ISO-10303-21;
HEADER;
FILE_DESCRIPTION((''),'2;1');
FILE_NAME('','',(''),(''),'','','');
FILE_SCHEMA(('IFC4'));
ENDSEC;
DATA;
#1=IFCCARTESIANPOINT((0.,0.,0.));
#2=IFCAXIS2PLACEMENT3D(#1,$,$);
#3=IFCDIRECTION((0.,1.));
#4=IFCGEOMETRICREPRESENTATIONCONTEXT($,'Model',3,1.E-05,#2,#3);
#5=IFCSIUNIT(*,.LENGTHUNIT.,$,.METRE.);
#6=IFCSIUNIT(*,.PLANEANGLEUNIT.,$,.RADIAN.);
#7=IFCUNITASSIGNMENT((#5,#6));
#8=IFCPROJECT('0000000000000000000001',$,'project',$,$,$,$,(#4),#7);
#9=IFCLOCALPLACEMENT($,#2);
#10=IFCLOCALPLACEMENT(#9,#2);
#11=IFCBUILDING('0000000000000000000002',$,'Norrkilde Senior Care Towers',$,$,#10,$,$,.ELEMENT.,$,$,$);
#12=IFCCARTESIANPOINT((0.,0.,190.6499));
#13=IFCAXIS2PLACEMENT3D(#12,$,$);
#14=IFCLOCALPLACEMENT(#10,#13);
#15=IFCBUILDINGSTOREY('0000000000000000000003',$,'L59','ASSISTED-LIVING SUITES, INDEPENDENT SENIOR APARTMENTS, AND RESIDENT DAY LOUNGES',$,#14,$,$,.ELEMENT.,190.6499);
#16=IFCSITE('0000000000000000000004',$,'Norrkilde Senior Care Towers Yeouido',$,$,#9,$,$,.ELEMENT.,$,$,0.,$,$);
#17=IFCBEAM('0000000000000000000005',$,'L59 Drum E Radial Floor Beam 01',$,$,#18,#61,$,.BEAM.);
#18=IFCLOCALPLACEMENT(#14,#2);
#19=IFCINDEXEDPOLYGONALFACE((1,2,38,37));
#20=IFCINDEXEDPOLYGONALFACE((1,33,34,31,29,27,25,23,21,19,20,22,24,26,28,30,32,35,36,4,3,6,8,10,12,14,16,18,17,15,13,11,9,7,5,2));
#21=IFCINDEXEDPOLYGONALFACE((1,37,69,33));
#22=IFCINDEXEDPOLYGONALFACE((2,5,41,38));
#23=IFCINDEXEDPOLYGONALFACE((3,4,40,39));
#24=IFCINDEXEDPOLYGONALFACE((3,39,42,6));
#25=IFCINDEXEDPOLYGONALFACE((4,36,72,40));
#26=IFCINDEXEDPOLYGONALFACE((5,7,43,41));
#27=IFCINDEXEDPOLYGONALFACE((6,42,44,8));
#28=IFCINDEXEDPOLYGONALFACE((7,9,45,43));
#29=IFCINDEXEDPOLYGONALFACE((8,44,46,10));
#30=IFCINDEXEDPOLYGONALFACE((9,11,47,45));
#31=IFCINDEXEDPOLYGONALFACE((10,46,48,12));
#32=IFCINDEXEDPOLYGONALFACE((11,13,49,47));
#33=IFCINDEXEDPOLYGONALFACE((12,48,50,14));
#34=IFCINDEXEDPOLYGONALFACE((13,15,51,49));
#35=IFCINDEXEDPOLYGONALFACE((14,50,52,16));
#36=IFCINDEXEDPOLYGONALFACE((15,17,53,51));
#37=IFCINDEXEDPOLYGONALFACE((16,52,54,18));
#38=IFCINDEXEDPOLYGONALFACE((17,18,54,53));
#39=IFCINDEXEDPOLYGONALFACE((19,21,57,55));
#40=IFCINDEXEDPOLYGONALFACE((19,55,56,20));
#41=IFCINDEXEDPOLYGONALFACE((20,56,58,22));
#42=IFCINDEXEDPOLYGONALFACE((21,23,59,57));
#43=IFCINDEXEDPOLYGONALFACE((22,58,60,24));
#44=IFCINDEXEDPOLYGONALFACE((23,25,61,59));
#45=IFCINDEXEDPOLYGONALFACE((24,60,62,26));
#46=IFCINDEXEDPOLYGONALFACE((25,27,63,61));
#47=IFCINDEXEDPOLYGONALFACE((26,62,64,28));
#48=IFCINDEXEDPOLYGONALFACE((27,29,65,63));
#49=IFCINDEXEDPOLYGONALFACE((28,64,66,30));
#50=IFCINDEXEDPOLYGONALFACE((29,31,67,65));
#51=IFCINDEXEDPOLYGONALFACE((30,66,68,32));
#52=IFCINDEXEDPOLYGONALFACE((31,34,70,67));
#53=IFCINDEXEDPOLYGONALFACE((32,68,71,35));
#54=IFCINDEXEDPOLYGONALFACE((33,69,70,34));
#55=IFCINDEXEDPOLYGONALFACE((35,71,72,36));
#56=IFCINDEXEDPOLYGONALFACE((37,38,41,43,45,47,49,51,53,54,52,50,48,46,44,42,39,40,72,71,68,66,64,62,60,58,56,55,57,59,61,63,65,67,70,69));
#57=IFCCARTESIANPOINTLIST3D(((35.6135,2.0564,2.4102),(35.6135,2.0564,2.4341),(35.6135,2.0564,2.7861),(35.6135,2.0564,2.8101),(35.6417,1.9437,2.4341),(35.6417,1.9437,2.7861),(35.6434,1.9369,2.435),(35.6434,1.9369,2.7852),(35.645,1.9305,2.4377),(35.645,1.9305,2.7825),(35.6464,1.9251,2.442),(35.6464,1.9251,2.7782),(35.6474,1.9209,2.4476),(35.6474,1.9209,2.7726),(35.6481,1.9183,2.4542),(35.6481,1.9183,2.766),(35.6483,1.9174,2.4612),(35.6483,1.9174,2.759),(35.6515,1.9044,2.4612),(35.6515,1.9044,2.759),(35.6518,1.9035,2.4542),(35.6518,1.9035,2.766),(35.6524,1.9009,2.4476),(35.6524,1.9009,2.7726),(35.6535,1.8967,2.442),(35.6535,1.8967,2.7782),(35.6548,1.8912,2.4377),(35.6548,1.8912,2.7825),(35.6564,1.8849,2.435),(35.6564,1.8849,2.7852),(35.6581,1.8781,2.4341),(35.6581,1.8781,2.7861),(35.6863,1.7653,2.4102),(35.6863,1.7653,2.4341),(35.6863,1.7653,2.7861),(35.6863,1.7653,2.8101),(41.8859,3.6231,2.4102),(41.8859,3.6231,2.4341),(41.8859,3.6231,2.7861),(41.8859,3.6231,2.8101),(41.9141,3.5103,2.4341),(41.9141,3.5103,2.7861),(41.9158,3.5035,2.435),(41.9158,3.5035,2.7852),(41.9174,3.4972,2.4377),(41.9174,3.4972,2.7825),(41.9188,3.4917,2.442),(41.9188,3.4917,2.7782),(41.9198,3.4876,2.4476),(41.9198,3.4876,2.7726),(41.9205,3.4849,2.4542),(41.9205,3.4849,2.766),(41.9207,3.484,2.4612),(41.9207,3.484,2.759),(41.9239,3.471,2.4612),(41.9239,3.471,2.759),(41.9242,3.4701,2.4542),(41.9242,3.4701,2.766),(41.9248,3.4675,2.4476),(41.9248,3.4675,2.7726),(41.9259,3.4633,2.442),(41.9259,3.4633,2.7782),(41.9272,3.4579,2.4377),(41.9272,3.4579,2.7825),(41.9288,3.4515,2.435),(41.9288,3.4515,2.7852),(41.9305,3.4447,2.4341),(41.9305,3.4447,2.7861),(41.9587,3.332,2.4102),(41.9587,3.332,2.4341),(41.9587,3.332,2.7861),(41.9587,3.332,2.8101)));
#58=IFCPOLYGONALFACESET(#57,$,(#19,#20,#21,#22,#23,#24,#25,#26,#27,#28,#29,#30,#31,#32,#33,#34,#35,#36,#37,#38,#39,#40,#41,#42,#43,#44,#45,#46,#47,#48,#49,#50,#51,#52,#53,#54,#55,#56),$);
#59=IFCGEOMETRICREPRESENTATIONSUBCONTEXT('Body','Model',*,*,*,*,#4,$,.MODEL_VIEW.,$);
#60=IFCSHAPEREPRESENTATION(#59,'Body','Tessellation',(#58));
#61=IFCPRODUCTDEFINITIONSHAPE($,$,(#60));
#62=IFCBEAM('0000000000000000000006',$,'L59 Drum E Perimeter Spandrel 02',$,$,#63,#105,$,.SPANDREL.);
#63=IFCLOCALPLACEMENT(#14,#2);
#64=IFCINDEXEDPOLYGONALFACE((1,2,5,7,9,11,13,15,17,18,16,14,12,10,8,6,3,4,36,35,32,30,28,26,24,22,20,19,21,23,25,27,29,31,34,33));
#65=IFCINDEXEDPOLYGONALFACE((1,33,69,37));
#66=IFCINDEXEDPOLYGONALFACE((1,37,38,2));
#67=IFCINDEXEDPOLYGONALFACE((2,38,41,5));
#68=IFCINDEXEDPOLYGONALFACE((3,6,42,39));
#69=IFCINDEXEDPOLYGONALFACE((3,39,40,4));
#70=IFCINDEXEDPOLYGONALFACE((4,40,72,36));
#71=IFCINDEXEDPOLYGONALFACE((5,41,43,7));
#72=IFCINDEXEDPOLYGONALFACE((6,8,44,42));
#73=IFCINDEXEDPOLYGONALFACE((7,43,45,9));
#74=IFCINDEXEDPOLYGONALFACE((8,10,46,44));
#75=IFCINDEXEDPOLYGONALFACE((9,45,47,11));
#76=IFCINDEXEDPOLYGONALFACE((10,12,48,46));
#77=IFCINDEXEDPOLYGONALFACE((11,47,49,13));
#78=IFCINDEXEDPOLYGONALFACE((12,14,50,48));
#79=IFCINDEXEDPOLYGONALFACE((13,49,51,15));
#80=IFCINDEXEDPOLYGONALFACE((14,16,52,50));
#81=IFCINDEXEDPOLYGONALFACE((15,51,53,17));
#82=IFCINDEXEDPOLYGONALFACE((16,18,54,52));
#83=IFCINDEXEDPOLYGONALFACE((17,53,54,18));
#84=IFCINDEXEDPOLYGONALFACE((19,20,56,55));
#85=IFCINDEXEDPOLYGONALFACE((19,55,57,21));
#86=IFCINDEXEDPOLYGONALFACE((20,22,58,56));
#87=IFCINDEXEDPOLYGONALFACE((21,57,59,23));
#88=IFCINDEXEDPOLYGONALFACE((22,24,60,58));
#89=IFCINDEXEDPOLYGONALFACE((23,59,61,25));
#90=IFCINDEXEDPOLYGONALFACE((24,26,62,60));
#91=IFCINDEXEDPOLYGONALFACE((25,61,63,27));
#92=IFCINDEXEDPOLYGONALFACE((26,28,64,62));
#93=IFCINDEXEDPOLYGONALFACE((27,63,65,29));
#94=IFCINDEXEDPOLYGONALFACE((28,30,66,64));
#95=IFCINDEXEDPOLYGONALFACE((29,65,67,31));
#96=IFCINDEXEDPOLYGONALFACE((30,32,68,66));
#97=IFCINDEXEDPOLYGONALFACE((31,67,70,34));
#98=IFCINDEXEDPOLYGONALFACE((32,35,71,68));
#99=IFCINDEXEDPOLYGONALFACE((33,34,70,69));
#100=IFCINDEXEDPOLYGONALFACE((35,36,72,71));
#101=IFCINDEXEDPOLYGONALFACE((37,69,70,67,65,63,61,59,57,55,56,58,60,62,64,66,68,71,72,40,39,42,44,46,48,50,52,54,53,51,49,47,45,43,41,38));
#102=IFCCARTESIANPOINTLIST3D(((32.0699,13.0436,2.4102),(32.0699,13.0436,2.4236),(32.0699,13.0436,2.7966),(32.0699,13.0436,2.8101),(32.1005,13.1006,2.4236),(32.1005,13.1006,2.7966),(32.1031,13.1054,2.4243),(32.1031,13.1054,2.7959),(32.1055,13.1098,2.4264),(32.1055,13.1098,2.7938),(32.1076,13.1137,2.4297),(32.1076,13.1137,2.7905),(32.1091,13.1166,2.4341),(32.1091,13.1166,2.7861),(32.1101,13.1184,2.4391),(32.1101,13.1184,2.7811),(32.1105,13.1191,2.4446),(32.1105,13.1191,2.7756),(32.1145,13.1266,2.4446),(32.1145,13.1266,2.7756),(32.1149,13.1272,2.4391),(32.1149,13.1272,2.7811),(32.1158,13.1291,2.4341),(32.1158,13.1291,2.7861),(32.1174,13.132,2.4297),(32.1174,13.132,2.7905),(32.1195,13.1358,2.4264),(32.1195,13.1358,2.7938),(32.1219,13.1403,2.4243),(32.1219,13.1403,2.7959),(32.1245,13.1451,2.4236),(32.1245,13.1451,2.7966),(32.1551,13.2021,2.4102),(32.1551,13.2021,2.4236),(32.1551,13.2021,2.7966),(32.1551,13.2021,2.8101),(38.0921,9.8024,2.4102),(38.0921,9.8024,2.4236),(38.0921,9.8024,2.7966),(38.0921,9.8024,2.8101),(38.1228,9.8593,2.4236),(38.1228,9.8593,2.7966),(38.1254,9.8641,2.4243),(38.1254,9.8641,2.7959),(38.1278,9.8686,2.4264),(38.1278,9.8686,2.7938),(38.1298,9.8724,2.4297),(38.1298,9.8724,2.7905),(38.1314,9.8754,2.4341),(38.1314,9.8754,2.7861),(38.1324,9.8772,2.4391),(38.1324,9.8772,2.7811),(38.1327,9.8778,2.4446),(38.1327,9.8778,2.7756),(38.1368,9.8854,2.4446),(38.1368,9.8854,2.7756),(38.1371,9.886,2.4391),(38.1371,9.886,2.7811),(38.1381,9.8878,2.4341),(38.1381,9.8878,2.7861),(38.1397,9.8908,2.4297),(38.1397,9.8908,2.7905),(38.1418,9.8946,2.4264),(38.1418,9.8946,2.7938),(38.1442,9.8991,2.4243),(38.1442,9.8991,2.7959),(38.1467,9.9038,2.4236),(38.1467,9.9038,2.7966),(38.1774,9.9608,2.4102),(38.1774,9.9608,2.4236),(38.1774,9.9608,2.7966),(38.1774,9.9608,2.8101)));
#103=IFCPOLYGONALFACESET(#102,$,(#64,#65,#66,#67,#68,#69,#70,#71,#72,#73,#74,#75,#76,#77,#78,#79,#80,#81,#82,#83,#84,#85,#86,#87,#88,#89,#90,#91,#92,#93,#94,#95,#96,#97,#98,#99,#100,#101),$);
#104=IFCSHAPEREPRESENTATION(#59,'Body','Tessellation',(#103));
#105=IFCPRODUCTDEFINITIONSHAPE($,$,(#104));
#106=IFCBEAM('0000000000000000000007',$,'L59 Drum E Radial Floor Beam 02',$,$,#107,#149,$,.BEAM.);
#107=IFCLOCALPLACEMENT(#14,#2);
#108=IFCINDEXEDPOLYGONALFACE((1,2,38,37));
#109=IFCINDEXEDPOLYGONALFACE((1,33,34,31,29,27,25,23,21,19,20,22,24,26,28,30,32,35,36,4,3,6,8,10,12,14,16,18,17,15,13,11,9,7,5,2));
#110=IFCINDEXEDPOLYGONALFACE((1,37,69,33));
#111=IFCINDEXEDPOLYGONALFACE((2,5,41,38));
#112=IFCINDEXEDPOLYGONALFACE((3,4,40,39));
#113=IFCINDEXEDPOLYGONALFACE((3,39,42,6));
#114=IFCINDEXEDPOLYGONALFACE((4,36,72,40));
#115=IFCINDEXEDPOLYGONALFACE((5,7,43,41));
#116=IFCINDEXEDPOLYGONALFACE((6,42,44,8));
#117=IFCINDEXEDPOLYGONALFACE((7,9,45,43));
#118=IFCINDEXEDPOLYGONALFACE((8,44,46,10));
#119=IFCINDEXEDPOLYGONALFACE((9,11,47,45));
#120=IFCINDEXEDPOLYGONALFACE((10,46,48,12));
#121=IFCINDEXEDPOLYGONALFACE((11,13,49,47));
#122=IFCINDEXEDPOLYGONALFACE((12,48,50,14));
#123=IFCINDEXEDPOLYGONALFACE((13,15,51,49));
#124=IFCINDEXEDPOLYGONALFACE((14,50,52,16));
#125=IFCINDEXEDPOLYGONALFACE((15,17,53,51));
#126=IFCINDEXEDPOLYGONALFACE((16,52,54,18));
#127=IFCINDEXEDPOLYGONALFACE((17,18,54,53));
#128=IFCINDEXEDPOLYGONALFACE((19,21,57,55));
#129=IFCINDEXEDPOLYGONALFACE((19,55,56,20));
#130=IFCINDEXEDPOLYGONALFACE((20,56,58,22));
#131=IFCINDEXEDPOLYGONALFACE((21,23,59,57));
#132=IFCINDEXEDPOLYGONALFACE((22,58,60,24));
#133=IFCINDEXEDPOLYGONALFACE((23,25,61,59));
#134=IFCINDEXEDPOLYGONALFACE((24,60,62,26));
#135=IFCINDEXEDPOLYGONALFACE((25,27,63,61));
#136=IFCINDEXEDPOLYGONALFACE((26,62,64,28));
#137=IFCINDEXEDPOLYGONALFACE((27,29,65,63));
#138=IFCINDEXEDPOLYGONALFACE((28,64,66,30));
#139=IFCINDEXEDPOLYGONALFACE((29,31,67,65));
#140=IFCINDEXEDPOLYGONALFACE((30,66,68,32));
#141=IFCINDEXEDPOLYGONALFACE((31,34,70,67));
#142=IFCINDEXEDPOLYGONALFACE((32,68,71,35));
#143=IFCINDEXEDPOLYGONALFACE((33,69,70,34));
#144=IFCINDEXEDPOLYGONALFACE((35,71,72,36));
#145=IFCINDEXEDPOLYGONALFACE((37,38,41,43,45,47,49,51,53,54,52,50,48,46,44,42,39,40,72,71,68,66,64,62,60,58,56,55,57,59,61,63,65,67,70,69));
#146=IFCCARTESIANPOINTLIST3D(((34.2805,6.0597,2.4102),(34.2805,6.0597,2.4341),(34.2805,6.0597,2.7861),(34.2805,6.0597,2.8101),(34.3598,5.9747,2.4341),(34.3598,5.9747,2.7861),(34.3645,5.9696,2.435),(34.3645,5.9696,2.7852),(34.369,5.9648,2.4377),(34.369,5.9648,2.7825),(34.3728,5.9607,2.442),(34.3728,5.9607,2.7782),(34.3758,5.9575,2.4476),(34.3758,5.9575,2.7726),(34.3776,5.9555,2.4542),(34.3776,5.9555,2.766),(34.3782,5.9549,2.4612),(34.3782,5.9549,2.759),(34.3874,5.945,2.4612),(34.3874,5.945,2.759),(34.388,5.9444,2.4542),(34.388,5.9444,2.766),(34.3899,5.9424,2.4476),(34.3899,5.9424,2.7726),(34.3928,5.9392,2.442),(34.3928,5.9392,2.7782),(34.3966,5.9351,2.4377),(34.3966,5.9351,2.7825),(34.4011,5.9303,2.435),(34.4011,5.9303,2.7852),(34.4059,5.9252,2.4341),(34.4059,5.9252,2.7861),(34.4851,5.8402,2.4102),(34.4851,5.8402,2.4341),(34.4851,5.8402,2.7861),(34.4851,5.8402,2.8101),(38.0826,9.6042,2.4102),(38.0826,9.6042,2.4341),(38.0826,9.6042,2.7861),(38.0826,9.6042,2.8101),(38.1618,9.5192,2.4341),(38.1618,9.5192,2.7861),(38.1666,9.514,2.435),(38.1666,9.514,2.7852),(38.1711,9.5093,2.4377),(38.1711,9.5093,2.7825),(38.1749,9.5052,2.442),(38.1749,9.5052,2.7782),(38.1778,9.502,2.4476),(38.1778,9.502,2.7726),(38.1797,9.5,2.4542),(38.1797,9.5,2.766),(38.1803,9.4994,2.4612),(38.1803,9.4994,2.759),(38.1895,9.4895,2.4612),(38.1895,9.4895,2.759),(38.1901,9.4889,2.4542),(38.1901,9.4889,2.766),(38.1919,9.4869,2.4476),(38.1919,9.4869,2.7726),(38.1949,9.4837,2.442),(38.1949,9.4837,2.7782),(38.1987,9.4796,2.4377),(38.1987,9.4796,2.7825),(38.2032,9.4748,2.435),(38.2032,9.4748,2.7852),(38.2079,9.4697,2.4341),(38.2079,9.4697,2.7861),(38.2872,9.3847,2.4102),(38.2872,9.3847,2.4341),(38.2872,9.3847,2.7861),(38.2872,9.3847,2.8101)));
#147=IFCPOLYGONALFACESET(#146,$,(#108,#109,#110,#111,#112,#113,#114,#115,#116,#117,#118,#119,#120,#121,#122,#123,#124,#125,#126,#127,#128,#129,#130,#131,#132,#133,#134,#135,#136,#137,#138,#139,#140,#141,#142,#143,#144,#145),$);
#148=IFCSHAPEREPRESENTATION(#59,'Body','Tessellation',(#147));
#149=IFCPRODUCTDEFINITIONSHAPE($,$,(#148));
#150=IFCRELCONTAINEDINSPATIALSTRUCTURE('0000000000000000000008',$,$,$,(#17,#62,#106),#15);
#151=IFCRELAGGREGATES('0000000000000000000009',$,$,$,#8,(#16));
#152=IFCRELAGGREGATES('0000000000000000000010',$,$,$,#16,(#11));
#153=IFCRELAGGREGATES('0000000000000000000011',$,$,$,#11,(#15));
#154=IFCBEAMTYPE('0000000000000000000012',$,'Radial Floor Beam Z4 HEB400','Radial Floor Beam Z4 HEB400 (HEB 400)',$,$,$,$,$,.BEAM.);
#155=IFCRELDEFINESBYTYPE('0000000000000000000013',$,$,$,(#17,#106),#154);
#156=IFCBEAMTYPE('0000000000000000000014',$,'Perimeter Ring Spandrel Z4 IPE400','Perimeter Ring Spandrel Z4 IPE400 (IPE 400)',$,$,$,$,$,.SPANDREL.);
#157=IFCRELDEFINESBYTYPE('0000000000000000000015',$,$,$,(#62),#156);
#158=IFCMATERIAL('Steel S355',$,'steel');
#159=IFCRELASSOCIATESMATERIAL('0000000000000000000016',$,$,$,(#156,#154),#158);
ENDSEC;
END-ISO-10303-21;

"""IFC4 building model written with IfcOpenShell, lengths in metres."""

from ifc_helpers import new_model, si_unit, direction, frame, origin, origin_2d, place, context, subcontext, project, spatial, i_section, extrude, source, transform, mapped, material, material_profile, profile_set, type_object, type_shapes, element, save


model = new_model("IFC4")

# Units and contexts
model_context = context("Model", 3, precision=1e-05, world=origin(), true_north=direction((0.0, 1.0)))
body_context = subcontext(model_context, "Body", "Model", "MODEL_VIEW")
ifc_project = project(units=[si_unit("LENGTHUNIT", "METRE"), si_unit("PLANEANGLEUNIT", "RADIAN")], contexts=[model_context])

# Site, building, storey
site_placement = place(None, origin())
site = spatial("IfcSite", under=ifc_project, at=site_placement, Name="Norrkilde Senior Care Towers Yeouido", CompositionType="ELEMENT", RefElevation=0.0)
building_placement = place(site_placement, origin())
building = spatial("IfcBuilding", under=site, at=building_placement, Name="Norrkilde Senior Care Towers", CompositionType="ELEMENT")
storey_placement = place(building_placement, frame((0.0, 0.0, 190.6499)))
storey = spatial("IfcBuildingStorey", under=building, at=storey_placement, Name="L59", Description="ASSISTED-LIVING SUITES, INDEPENDENT SENIOR APARTMENTS, AND RESIDENT DAY LOUNGES", CompositionType="ELEMENT", Elevation=190.6499)

# Beams
ifc_material_1 = material(Name="Steel S355", Category="steel")
ifc_material_profile_1 = material_profile(ifc_material_1, i_section(OverallWidth=0.1799, OverallDepth=0.3999, WebThickness=0.0085, FlangeThickness=0.0134, FilletRadius=0.021, at=origin_2d()), Name="IPE 400")
ifc_profile_set_1 = profile_set([ifc_material_profile_1], Name="Steel S355")
beam_type_1 = type_object("IfcBeamType", Name="Perimeter Ring Spandrel Z4 IPE400", Description="Perimeter Ring Spandrel Z4 IPE400 (IPE 400)", PredefinedType="SPANDREL", material=ifc_profile_set_1)
ifc_material_profile_2 = material_profile(ifc_material_1, i_section(OverallWidth=0.3, OverallDepth=0.3999, WebThickness=0.0134, FlangeThickness=0.0239, FilletRadius=0.0271, at=origin_2d()), Name="HEB 400")
ifc_profile_set_2 = profile_set([ifc_material_profile_2], Name="Steel S355")
beam_type_2 = type_object("IfcBeamType", Name="Radial Floor Beam Z4 HEB400", Description="Radial Floor Beam Z4 HEB400 (HEB 400)", PredefinedType="BEAM", material=ifc_profile_set_2)
shared_shape_1 = source(origin(), body_context, "Body", "SweptSolid", [
    extrude(i_section(OverallWidth=0.3, OverallDepth=0.3999, WebThickness=0.0134, FlangeThickness=0.0239, FilletRadius=0.0271, at=origin_2d()), origin(), (0.0, 0.0, 1.0), 6.4651),
])
beam_1_placement = place(storey_placement, frame((35.6499, 1.9109, 2.6101), z_axis=(0.970196, 0.242322, 0.0), x_axis=(-0.242322, 0.970196, 0.0)))
element("IfcBeam", 1, at=beam_1_placement, inside=storey, type_object=beam_type_2, Name="L59 Drum E Radial Floor Beam 01", PredefinedType="BEAM", context=body_context, shape_type="MappedRepresentation", body=[
    mapped(shared_shape_1, transform((0.0, 0.0, 0.0), x_axis=(1.0, 0.0, 0.0), y_axis=(0.0, 1.0, 0.0), z_axis=(0.0, 0.0, 1.0), scale=1.0)),
])
shared_shape_2 = source(origin(), body_context, "Body", "SweptSolid", [
    extrude(i_section(OverallWidth=0.1799, OverallDepth=0.3999, WebThickness=0.0085, FlangeThickness=0.0134, FilletRadius=0.021, at=origin_2d()), origin(), (0.0, 0.0, 1.0), 6.8391),
])
beam_2_placement = place(storey_placement, frame((38.1348, 9.8816, 2.6101), z_axis=(-0.880564, 0.473927, 0.0), x_axis=(-0.473927, -0.880564, 0.0)))
element("IfcBeam", 2, at=beam_2_placement, inside=storey, type_object=beam_type_1, Name="L59 Drum E Perimeter Spandrel 02", PredefinedType="SPANDREL", context=body_context, shape_type="MappedRepresentation", body=[
    mapped(shared_shape_2, transform((0.0, 0.0, 0.0), x_axis=(1.0, 0.0, 0.0), y_axis=(0.0, 1.0, 0.0), z_axis=(0.0, 0.0, 1.0), scale=1.0)),
])
shared_shape_3 = source(origin(), body_context, "Body", "SweptSolid", [
    extrude(i_section(OverallWidth=0.3, OverallDepth=0.3999, WebThickness=0.0134, FlangeThickness=0.0239, FilletRadius=0.0271, at=origin_2d()), origin(), (0.0, 0.0, 1.0), 5.198),
])
type_shapes(beam_type_2, [shared_shape_1, shared_shape_3])
beam_3_placement = place(storey_placement, frame((34.3828, 5.95, 2.6101), z_axis=(0.731449, 0.681896, 0.0), x_axis=(-0.681896, 0.731449, 0.0)))
element("IfcBeam", 3, at=beam_3_placement, inside=storey, type_object=beam_type_2, Name="L59 Drum E Radial Floor Beam 02", PredefinedType="BEAM", context=body_context, shape_type="MappedRepresentation", body=[
    mapped(shared_shape_3, transform((0.0, 0.0, 0.0), x_axis=(1.0, 0.0, 0.0), y_axis=(0.0, 1.0, 0.0), z_axis=(0.0, 0.0, 1.0), scale=1.0)),
])

save(model, "model.ifc")
